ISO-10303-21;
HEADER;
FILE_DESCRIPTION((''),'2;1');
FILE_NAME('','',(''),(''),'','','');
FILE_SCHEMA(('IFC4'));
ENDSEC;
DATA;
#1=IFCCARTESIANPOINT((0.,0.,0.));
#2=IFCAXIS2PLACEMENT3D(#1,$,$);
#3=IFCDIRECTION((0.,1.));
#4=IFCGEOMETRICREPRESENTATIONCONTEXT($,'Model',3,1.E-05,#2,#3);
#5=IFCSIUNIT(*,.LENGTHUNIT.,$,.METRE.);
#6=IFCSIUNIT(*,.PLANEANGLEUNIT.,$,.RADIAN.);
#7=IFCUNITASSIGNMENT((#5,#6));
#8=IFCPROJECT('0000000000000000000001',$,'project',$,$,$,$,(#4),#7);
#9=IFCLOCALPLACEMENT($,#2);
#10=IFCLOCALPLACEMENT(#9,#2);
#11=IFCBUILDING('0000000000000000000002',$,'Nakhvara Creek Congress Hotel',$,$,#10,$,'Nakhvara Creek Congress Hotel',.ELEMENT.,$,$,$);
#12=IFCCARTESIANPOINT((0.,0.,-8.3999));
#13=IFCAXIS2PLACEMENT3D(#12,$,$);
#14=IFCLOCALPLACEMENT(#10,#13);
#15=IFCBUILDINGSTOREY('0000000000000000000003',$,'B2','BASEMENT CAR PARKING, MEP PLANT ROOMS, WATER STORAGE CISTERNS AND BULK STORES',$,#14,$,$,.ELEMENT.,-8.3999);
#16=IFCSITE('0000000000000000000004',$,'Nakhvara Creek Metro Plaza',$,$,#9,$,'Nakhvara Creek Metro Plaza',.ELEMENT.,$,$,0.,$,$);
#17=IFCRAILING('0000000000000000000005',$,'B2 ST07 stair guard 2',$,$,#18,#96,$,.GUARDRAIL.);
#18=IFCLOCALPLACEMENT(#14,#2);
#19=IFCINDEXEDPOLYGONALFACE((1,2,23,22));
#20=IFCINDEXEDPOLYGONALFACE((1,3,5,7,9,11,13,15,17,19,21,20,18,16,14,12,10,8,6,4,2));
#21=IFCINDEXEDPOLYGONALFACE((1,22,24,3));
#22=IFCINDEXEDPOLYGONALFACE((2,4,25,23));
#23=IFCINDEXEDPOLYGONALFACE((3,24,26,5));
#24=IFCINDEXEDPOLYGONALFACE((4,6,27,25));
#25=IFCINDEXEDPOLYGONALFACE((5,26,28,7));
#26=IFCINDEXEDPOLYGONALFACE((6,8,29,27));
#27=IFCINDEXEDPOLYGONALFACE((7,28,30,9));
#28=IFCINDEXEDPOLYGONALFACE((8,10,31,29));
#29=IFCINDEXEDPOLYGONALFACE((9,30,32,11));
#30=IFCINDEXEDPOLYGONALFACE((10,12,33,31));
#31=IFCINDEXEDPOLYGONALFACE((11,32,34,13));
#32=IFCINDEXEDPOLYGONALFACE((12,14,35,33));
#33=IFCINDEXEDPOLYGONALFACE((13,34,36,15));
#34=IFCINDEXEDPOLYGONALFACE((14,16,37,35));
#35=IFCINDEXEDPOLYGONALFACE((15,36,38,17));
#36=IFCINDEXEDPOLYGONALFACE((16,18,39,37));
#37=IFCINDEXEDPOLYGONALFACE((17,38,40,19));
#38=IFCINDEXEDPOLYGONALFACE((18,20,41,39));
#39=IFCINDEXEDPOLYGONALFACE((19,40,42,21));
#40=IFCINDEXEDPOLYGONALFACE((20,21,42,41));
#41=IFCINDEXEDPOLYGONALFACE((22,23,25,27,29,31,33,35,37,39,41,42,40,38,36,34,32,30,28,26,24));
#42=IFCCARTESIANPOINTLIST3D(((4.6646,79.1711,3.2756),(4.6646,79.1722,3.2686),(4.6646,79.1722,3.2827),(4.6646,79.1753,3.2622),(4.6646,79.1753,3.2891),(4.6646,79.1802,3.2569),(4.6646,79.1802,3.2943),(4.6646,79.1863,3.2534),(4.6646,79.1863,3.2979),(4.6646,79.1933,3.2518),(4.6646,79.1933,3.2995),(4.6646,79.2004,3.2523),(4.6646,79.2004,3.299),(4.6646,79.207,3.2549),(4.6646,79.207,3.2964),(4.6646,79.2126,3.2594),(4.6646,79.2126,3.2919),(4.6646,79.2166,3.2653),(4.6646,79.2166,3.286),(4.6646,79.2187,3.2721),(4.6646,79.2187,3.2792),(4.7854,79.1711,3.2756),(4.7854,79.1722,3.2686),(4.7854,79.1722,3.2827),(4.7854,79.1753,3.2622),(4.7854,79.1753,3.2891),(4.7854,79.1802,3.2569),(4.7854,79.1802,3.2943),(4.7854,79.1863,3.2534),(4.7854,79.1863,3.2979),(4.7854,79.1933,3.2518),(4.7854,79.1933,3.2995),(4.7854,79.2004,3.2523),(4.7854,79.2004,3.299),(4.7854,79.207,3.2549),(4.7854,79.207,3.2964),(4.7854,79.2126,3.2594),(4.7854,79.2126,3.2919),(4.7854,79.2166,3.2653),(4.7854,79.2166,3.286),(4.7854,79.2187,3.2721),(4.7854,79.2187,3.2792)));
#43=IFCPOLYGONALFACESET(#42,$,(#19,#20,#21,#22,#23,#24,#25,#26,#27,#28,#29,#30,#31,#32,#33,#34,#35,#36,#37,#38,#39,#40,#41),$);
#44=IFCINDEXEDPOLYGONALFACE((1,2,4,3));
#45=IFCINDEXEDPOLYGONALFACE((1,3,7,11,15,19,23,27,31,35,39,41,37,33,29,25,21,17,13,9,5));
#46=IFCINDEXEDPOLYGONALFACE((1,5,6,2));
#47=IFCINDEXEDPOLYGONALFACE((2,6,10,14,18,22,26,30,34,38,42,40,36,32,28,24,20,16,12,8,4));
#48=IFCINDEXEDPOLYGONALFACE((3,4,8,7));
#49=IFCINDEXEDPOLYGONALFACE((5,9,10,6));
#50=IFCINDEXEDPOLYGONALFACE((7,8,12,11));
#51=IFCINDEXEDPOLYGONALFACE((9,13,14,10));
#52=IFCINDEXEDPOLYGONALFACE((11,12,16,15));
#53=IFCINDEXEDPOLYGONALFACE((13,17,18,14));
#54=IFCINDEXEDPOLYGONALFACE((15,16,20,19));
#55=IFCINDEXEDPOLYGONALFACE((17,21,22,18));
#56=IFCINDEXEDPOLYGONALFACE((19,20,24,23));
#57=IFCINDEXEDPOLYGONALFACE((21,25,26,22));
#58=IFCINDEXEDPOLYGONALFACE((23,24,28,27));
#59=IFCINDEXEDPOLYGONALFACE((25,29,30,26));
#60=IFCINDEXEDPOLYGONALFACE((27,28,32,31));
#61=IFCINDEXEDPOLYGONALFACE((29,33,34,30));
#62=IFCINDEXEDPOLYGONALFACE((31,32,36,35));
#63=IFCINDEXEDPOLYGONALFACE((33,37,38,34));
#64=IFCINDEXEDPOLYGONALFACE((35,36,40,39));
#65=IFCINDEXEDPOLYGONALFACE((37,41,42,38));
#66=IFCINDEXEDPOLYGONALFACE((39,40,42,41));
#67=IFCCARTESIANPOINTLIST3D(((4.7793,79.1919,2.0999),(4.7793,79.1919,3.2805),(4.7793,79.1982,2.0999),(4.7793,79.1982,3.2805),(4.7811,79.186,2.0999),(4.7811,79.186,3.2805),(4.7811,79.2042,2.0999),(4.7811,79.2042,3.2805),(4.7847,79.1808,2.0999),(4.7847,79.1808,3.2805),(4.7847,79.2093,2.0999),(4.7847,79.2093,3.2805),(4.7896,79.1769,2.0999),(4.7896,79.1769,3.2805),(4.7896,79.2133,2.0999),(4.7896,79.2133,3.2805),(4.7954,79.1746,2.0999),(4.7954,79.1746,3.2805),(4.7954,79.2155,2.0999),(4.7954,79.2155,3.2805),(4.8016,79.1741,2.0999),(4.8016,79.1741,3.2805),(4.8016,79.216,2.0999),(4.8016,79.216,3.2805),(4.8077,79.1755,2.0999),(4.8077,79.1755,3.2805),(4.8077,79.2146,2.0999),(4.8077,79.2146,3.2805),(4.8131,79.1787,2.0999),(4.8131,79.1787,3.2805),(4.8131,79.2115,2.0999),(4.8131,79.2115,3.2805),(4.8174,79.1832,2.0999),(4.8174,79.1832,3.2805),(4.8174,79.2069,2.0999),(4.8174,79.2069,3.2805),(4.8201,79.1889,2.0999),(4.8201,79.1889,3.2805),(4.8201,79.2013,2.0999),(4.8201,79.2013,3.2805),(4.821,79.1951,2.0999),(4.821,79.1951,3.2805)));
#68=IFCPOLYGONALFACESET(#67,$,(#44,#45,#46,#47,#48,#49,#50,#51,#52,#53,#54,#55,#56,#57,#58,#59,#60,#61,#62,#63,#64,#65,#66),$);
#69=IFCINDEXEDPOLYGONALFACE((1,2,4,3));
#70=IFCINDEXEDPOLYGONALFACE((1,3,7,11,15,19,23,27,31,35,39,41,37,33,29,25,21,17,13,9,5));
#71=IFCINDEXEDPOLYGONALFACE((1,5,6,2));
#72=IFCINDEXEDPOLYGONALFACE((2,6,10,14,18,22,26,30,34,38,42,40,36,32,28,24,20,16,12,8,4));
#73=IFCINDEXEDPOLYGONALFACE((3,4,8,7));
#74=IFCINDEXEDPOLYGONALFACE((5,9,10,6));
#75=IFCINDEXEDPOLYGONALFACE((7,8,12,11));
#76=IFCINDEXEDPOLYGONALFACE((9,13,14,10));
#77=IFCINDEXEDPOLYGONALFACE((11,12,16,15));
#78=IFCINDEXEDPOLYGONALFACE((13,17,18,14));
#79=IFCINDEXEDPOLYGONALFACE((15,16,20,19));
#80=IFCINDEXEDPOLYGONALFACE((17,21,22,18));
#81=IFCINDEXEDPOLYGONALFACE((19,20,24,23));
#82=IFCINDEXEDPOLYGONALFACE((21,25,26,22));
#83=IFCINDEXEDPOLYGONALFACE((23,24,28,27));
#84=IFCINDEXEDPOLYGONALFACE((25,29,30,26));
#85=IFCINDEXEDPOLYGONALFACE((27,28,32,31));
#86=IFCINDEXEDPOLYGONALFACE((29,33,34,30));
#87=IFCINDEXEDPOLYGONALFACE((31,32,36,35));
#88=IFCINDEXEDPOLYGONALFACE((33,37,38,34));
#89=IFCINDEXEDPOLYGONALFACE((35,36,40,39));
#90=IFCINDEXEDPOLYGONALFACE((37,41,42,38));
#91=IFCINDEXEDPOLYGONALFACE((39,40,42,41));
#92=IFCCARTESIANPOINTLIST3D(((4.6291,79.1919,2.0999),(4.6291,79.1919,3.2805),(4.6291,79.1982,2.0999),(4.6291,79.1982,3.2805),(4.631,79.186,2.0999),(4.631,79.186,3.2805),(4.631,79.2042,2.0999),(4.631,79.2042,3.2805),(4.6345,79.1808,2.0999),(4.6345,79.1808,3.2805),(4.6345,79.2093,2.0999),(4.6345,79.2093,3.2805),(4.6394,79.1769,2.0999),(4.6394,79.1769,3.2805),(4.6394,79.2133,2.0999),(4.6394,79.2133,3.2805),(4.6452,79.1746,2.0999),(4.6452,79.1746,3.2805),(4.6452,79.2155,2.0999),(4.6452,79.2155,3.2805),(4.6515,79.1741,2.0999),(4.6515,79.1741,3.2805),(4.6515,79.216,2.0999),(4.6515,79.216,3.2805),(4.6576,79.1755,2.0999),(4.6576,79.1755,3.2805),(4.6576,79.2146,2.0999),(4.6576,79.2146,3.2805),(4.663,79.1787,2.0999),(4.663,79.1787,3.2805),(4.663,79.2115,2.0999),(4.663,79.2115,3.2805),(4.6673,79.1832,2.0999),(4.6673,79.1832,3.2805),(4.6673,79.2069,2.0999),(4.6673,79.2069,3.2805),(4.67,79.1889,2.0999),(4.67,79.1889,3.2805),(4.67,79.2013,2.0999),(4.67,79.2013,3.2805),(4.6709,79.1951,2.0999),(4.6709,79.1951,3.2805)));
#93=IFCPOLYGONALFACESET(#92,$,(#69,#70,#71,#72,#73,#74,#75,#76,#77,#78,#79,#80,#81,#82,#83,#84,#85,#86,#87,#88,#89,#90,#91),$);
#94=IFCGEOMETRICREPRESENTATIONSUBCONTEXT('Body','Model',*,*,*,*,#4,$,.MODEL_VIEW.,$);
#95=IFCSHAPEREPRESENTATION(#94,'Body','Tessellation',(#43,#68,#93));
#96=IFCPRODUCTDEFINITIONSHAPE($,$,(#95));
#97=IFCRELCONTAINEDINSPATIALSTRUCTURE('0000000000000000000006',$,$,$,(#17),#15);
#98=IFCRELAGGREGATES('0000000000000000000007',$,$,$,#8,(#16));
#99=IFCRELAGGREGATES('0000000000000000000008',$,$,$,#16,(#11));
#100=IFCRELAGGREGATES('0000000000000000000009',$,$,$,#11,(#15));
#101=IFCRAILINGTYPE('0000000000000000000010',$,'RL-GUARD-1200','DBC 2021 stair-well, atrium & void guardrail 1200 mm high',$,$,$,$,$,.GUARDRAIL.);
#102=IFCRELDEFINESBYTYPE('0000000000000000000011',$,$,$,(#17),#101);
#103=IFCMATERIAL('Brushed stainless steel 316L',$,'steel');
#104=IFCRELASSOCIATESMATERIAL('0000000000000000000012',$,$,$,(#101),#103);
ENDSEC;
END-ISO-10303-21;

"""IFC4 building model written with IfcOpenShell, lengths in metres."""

from ifc_helpers import new_model, si_unit, direction, frame, origin, origin_2d, place, context, subcontext, project, spatial, circle, extrude, material, type_object, element, save


model = new_model("IFC4")

# Units and contexts
model_context = context("Model", 3, precision=1e-05, world=origin(), true_north=direction((0.0, 1.0)))
body_context = subcontext(model_context, "Body", "Model", "MODEL_VIEW")
ifc_project = project(units=[si_unit("LENGTHUNIT", "METRE"), si_unit("PLANEANGLEUNIT", "RADIAN")], contexts=[model_context])

# Site, building, storey
site_placement = place(None, origin())
site = spatial("IfcSite", under=ifc_project, at=site_placement, Name="Nakhvara Creek Metro Plaza", LongName="Nakhvara Creek Metro Plaza", CompositionType="ELEMENT", RefElevation=0.0)
building_placement = place(site_placement, origin())
building = spatial("IfcBuilding", under=site, at=building_placement, Name="Nakhvara Creek Congress Hotel", LongName="Nakhvara Creek Congress Hotel", CompositionType="ELEMENT")
storey_placement = place(building_placement, frame((0.0, 0.0, -8.3999)))
storey = spatial("IfcBuildingStorey", under=building, at=storey_placement, Name="B2", Description="BASEMENT CAR PARKING, MEP PLANT ROOMS, WATER STORAGE CISTERNS AND BULK STORES", CompositionType="ELEMENT", Elevation=-8.3999)

# Railing
ifc_material_1 = material(Name="Brushed stainless steel 316L", Category="steel")
railing_type_1 = type_object("IfcRailingType", Name="RL-GUARD-1200", Description="DBC 2021 stair-well, atrium & void guardrail 1200 mm high", PredefinedType="GUARDRAIL", material=ifc_material_1)
railing_1_placement = place(storey_placement, frame((4.8, 79.1951, 2.0999)))
element("IfcRailing", 1, at=railing_1_placement, inside=storey, type_object=railing_type_1, Name="B2 ST07 stair guard 2", PredefinedType="GUARDRAIL", context=body_context, shape_type="SweptSolid", body=[
    extrude(circle(Radius=0.0239, at=origin_2d()), frame((-0.0146, 0.0, 1.1758), z_axis=(-1.0, 0.0, 0.0), x_axis=(0.0, -1.0, 0.0)), (0.0, 0.0, 1.0), 0.1208),
    extrude(circle(Radius=0.021, at=origin_2d()), origin(), (0.0, 0.0, 1.0), 1.1807),
    extrude(circle(Radius=0.021, at=origin_2d()), frame((-0.1501, 0.0, 0.0)), (0.0, 0.0, 1.0), 1.1807),
])

save(model, "model.ifc")
